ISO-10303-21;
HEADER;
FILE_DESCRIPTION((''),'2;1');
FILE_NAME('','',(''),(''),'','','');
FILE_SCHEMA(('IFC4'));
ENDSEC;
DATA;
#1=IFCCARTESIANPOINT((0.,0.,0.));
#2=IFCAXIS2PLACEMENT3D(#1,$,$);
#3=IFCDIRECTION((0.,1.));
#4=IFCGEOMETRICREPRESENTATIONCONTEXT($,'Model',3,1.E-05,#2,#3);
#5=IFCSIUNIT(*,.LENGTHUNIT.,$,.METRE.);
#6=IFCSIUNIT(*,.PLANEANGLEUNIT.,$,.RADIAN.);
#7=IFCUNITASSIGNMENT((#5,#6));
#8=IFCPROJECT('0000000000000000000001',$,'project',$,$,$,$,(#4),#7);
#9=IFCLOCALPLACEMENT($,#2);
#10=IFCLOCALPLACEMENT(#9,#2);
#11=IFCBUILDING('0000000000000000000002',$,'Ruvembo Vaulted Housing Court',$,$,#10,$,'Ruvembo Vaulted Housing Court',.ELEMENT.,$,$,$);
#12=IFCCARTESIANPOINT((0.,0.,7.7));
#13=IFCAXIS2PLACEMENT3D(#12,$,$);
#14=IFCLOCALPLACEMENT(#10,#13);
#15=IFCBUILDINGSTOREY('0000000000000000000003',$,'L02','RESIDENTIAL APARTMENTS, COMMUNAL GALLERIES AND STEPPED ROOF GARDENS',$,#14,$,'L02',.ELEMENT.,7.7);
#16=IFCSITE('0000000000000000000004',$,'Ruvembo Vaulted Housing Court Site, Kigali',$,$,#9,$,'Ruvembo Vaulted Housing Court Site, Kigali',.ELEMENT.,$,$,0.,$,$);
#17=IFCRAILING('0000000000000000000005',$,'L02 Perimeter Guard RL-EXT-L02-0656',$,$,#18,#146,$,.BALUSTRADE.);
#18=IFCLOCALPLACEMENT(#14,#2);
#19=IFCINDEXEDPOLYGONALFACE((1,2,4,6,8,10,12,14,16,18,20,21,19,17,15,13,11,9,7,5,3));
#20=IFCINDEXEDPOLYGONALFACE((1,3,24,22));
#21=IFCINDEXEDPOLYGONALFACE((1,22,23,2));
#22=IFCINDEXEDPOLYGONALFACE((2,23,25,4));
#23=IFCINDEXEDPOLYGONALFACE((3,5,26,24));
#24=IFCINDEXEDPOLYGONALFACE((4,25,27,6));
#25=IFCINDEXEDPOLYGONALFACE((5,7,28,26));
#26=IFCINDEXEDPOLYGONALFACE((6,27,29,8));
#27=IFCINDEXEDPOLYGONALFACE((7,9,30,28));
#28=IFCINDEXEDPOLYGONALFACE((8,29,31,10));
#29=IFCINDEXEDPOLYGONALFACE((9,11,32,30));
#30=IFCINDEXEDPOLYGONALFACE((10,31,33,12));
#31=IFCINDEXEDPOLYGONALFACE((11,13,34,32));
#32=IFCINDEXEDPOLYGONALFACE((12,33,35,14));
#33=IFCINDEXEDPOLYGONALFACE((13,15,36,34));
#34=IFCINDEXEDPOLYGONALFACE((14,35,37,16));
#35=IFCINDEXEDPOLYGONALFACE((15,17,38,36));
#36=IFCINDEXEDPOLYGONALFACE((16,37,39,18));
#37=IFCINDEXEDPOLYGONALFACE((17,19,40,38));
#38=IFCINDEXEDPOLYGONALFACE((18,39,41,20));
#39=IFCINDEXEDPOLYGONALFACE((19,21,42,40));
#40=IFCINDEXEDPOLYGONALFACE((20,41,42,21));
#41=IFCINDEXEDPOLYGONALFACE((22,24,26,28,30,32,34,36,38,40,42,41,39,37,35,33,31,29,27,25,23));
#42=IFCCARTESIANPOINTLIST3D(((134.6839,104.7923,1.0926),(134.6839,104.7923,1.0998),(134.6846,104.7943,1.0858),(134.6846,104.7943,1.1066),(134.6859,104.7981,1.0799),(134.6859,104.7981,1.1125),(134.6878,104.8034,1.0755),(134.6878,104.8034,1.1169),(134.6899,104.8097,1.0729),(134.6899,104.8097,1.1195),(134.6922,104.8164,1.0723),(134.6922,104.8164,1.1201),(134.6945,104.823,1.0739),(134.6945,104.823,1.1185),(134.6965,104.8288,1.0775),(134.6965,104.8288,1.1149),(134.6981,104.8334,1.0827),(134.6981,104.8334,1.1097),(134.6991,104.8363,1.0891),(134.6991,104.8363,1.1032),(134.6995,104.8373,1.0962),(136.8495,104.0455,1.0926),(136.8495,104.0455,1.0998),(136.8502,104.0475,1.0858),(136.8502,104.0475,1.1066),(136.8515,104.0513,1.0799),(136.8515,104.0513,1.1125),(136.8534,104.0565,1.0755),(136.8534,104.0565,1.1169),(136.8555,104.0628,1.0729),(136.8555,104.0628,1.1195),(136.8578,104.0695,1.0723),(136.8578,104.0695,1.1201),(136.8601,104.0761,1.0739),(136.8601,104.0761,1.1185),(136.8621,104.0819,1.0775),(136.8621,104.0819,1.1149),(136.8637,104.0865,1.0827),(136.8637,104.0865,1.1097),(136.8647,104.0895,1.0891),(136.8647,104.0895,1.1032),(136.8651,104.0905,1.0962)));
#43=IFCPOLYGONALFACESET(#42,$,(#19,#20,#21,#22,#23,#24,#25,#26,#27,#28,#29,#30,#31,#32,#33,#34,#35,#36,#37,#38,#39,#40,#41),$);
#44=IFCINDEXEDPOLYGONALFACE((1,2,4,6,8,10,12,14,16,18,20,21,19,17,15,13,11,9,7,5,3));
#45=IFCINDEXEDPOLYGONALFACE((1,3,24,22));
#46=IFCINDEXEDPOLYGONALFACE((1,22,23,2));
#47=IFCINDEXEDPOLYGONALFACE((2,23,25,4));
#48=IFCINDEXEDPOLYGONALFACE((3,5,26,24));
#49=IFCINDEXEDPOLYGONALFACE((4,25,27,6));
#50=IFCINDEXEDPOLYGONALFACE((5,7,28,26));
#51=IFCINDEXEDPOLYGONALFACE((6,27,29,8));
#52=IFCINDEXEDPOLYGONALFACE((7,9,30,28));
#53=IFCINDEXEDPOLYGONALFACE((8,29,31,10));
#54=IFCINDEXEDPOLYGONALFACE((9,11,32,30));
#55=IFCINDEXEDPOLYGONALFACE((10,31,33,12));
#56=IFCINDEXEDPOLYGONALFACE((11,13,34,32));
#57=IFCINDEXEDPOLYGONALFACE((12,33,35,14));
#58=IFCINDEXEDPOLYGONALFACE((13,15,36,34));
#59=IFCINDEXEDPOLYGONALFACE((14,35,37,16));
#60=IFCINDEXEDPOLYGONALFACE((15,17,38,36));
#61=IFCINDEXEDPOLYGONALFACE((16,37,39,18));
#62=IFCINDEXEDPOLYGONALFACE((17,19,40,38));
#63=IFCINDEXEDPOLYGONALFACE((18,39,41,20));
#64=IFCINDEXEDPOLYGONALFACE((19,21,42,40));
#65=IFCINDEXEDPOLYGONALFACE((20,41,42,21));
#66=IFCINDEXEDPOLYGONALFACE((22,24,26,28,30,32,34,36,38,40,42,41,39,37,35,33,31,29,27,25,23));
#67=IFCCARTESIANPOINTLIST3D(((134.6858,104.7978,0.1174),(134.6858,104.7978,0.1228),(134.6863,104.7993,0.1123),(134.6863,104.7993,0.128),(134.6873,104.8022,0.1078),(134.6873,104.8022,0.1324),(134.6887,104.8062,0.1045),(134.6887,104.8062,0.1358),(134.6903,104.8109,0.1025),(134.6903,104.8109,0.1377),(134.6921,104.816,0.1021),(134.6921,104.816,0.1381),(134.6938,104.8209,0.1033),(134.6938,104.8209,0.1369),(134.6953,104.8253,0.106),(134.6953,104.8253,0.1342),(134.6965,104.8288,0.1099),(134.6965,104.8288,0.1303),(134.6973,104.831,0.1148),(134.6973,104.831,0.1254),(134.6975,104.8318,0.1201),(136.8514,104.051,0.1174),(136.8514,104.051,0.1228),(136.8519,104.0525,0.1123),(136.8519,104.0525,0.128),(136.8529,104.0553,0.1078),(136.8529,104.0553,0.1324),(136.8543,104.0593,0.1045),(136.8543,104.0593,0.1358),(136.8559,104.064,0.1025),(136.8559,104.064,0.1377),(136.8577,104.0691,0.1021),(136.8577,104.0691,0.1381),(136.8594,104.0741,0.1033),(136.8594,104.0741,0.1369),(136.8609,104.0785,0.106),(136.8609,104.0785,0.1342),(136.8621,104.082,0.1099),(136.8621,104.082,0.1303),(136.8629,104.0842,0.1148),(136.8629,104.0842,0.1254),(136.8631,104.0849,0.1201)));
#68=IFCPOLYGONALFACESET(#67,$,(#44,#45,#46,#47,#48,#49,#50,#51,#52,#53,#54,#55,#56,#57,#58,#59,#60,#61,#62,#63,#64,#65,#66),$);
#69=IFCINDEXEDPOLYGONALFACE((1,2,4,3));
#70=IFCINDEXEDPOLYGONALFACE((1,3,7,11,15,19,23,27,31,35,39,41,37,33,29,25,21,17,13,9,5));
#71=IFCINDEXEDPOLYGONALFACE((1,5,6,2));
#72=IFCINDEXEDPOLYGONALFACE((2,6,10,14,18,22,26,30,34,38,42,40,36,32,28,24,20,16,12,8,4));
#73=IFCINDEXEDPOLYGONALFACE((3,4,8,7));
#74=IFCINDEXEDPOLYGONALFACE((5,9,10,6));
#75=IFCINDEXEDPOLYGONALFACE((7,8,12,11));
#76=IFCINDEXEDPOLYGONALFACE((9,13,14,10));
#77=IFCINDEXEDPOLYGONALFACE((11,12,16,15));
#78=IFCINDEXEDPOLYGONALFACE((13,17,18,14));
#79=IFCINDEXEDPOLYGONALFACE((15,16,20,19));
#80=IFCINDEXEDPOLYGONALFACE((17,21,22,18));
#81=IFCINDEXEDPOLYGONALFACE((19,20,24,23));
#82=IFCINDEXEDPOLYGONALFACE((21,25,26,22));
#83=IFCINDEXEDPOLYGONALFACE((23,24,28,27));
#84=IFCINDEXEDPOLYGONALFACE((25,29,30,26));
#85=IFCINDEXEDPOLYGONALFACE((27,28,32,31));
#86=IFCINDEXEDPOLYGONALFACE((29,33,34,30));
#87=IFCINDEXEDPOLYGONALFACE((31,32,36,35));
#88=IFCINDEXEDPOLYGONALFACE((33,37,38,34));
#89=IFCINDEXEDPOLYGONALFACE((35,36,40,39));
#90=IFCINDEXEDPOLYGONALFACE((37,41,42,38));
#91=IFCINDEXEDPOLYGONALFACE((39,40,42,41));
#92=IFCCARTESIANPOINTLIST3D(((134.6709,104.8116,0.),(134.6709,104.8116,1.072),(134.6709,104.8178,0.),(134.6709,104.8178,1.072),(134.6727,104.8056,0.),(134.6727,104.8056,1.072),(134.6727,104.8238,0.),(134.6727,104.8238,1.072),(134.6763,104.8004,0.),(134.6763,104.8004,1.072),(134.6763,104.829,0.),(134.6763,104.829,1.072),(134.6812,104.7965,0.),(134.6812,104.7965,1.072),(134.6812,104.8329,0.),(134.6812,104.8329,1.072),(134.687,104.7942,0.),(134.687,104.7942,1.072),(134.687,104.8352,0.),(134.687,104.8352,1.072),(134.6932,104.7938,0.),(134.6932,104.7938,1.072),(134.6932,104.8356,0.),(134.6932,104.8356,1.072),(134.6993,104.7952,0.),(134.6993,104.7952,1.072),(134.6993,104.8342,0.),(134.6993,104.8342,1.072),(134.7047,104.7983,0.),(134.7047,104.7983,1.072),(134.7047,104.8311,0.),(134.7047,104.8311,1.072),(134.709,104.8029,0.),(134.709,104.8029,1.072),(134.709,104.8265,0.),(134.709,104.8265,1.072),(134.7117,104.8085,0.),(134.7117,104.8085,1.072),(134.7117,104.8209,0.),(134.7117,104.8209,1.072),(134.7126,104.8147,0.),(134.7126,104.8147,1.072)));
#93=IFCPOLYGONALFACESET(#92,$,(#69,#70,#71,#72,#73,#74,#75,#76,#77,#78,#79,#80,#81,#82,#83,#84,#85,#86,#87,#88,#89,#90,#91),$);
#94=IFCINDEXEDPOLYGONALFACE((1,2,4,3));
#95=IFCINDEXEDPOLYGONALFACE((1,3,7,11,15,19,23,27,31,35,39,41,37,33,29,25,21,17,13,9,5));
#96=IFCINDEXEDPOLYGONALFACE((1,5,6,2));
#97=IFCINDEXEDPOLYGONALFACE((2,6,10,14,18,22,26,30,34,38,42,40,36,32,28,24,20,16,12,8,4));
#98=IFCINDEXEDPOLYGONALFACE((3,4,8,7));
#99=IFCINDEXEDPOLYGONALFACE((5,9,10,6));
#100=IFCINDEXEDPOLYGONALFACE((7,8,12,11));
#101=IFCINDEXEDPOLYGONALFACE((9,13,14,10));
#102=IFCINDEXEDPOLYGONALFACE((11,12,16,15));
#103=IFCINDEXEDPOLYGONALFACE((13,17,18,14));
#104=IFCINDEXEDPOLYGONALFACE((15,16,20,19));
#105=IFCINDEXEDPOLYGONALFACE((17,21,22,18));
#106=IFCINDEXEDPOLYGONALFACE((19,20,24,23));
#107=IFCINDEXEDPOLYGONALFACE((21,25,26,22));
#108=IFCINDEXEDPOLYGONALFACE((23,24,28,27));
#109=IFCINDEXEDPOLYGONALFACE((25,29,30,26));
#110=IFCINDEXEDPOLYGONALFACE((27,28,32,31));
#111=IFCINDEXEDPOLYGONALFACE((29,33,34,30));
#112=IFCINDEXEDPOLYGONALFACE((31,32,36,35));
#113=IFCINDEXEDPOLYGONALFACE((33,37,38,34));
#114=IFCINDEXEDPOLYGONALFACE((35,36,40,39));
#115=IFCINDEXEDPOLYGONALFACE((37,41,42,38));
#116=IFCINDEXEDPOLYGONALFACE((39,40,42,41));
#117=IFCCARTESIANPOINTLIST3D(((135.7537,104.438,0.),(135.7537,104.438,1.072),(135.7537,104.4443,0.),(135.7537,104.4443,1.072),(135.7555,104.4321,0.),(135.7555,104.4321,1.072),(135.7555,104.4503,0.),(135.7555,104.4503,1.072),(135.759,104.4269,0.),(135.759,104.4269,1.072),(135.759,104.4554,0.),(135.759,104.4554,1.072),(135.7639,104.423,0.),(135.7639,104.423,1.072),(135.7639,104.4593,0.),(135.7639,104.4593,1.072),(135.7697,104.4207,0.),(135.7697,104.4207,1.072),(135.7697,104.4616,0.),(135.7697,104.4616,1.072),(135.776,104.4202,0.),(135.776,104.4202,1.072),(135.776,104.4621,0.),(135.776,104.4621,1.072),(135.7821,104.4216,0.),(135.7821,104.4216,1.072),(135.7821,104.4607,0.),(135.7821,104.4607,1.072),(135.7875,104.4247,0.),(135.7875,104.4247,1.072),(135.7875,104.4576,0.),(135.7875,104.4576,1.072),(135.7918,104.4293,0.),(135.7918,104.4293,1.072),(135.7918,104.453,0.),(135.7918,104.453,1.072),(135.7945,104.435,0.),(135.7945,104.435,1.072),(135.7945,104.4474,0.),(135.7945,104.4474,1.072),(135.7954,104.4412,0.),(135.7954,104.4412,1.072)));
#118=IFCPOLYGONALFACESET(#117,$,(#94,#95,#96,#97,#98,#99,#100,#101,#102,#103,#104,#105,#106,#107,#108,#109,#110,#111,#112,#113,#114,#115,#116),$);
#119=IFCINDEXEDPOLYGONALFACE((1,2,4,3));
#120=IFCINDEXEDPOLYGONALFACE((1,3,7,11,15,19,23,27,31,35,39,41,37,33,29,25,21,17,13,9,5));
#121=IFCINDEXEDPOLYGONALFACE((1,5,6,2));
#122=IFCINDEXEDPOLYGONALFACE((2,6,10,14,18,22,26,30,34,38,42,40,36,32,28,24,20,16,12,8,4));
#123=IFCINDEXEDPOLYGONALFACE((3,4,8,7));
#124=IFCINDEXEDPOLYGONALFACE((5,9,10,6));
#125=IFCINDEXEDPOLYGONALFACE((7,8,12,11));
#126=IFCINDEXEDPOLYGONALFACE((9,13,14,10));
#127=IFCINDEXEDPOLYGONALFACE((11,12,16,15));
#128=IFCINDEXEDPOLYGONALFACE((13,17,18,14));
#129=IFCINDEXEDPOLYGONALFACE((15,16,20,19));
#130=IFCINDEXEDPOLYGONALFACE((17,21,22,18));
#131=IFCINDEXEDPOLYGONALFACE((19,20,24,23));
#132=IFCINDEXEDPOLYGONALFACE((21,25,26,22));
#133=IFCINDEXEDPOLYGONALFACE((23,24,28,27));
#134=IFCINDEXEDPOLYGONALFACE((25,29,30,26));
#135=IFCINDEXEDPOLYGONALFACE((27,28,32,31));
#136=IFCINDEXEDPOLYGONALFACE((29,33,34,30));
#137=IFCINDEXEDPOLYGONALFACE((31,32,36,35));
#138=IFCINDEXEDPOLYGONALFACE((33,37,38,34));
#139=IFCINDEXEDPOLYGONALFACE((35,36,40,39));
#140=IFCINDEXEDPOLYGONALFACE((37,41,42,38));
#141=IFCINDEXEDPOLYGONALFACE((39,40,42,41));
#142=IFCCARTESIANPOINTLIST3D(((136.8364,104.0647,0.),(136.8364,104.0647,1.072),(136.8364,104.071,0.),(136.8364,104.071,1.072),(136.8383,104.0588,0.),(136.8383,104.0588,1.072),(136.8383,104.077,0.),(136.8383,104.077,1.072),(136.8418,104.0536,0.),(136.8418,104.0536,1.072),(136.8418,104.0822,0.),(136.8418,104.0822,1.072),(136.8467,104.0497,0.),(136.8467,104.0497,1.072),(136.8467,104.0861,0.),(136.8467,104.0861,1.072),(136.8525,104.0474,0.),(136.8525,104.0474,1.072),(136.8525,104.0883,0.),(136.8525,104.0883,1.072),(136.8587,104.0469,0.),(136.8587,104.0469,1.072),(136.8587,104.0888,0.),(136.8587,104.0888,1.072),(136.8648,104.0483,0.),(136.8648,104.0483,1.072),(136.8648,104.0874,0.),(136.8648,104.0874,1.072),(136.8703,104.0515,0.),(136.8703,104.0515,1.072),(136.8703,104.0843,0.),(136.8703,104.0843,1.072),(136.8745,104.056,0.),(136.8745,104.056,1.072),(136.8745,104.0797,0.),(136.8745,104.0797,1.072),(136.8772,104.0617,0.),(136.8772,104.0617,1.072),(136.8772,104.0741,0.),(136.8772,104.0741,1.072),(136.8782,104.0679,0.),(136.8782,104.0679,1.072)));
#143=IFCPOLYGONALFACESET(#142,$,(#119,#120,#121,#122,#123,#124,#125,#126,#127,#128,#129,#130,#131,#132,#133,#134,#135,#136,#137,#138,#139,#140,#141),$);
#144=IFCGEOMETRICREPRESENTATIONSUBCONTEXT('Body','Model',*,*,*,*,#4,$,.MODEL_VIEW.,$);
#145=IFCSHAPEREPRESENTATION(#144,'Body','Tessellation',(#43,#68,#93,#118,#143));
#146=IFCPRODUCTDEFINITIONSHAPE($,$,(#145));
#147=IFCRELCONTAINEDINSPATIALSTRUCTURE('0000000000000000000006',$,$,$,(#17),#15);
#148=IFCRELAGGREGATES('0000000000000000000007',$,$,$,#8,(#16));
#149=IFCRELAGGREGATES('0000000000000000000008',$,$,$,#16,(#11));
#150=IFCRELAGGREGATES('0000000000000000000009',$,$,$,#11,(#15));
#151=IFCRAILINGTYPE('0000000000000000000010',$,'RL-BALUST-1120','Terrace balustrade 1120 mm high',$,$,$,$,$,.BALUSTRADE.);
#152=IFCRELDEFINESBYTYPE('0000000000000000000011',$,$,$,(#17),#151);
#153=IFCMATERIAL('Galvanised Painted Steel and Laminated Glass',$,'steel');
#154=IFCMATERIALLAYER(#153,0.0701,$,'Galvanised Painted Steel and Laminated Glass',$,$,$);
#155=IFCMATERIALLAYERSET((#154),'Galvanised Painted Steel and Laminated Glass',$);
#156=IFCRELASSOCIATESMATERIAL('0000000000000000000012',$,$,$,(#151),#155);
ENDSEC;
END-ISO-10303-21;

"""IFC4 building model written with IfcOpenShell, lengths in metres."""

from ifc_helpers import new_model, si_unit, direction, frame, origin, origin_2d, place, context, subcontext, project, spatial, circle, extrude, material, layer, layer_set, type_object, element, save


model = new_model("IFC4")

# Units and contexts
model_context = context("Model", 3, precision=1e-05, world=origin(), true_north=direction((0.0, 1.0)))
body_context = subcontext(model_context, "Body", "Model", "MODEL_VIEW")
ifc_project = project(units=[si_unit("LENGTHUNIT", "METRE"), si_unit("PLANEANGLEUNIT", "RADIAN")], contexts=[model_context])

# Site, building, storey
site_placement = place(None, origin())
site = spatial("IfcSite", under=ifc_project, at=site_placement, Name="Ruvembo Vaulted Housing Court Site, Kigali", LongName="Ruvembo Vaulted Housing Court Site, Kigali", CompositionType="ELEMENT", RefElevation=0.0)
building_placement = place(site_placement, origin())
building = spatial("IfcBuilding", under=site, at=building_placement, Name="Ruvembo Vaulted Housing Court", LongName="Ruvembo Vaulted Housing Court", CompositionType="ELEMENT")
storey_placement = place(building_placement, frame((0.0, 0.0, 7.7)))
storey = spatial("IfcBuildingStorey", under=building, at=storey_placement, Name="L02", Description="RESIDENTIAL APARTMENTS, COMMUNAL GALLERIES AND STEPPED ROOF GARDENS", LongName="L02", CompositionType="ELEMENT", Elevation=7.7)

# Railing
ifc_material_1 = material(Name="Galvanised Painted Steel and Laminated Glass", Category="steel")
ifc_layer_1 = layer(ifc_material_1, 0.0701, Name="Galvanised Painted Steel and Laminated Glass")
ifc_layer_set_1 = layer_set([ifc_layer_1], Name="Galvanised Painted Steel and Laminated Glass")
railing_type = type_object("IfcRailingType", Name="RL-BALUST-1120", Description="Terrace balustrade 1120 mm high", PredefinedType="BALUSTRADE", material=ifc_layer_set_1)
railing_1_placement = place(storey_placement, frame((134.6917, 104.8147, 0.0)))
element("IfcRailing", 1, at=railing_1_placement, inside=storey, type_object=railing_type, Name="L02 Perimeter Guard RL-EXT-L02-0656", PredefinedType="BALUSTRADE", context=body_context, shape_type="SweptSolid", body=[
    extrude(circle(Radius=0.0239, at=origin_2d()), frame((0.0, 0.0, 1.0962), z_axis=(0.945361, -0.326027, 0.0), x_axis=(0.326027, 0.945361, 0.0)), (0.0, 0.0, 1.0), 2.2908),
    extrude(circle(Radius=0.0181, at=origin_2d()), frame((0.0, 0.0, 0.1201), z_axis=(0.945361, -0.326027, 0.0), x_axis=(0.326027, 0.945361, 0.0)), (0.0, 0.0, 1.0), 2.2908),
    extrude(circle(Radius=0.021, at=origin_2d()), origin(), (0.0, 0.0, 1.0), 1.072),
    extrude(circle(Radius=0.021, at=origin_2d()), frame((1.0828, -0.3735, 0.0)), (0.0, 0.0, 1.0), 1.072),
    extrude(circle(Radius=0.021, at=origin_2d()), frame((2.1655, -0.7468, 0.0)), (0.0, 0.0, 1.0), 1.072),
])

save(model, "model.ifc")
